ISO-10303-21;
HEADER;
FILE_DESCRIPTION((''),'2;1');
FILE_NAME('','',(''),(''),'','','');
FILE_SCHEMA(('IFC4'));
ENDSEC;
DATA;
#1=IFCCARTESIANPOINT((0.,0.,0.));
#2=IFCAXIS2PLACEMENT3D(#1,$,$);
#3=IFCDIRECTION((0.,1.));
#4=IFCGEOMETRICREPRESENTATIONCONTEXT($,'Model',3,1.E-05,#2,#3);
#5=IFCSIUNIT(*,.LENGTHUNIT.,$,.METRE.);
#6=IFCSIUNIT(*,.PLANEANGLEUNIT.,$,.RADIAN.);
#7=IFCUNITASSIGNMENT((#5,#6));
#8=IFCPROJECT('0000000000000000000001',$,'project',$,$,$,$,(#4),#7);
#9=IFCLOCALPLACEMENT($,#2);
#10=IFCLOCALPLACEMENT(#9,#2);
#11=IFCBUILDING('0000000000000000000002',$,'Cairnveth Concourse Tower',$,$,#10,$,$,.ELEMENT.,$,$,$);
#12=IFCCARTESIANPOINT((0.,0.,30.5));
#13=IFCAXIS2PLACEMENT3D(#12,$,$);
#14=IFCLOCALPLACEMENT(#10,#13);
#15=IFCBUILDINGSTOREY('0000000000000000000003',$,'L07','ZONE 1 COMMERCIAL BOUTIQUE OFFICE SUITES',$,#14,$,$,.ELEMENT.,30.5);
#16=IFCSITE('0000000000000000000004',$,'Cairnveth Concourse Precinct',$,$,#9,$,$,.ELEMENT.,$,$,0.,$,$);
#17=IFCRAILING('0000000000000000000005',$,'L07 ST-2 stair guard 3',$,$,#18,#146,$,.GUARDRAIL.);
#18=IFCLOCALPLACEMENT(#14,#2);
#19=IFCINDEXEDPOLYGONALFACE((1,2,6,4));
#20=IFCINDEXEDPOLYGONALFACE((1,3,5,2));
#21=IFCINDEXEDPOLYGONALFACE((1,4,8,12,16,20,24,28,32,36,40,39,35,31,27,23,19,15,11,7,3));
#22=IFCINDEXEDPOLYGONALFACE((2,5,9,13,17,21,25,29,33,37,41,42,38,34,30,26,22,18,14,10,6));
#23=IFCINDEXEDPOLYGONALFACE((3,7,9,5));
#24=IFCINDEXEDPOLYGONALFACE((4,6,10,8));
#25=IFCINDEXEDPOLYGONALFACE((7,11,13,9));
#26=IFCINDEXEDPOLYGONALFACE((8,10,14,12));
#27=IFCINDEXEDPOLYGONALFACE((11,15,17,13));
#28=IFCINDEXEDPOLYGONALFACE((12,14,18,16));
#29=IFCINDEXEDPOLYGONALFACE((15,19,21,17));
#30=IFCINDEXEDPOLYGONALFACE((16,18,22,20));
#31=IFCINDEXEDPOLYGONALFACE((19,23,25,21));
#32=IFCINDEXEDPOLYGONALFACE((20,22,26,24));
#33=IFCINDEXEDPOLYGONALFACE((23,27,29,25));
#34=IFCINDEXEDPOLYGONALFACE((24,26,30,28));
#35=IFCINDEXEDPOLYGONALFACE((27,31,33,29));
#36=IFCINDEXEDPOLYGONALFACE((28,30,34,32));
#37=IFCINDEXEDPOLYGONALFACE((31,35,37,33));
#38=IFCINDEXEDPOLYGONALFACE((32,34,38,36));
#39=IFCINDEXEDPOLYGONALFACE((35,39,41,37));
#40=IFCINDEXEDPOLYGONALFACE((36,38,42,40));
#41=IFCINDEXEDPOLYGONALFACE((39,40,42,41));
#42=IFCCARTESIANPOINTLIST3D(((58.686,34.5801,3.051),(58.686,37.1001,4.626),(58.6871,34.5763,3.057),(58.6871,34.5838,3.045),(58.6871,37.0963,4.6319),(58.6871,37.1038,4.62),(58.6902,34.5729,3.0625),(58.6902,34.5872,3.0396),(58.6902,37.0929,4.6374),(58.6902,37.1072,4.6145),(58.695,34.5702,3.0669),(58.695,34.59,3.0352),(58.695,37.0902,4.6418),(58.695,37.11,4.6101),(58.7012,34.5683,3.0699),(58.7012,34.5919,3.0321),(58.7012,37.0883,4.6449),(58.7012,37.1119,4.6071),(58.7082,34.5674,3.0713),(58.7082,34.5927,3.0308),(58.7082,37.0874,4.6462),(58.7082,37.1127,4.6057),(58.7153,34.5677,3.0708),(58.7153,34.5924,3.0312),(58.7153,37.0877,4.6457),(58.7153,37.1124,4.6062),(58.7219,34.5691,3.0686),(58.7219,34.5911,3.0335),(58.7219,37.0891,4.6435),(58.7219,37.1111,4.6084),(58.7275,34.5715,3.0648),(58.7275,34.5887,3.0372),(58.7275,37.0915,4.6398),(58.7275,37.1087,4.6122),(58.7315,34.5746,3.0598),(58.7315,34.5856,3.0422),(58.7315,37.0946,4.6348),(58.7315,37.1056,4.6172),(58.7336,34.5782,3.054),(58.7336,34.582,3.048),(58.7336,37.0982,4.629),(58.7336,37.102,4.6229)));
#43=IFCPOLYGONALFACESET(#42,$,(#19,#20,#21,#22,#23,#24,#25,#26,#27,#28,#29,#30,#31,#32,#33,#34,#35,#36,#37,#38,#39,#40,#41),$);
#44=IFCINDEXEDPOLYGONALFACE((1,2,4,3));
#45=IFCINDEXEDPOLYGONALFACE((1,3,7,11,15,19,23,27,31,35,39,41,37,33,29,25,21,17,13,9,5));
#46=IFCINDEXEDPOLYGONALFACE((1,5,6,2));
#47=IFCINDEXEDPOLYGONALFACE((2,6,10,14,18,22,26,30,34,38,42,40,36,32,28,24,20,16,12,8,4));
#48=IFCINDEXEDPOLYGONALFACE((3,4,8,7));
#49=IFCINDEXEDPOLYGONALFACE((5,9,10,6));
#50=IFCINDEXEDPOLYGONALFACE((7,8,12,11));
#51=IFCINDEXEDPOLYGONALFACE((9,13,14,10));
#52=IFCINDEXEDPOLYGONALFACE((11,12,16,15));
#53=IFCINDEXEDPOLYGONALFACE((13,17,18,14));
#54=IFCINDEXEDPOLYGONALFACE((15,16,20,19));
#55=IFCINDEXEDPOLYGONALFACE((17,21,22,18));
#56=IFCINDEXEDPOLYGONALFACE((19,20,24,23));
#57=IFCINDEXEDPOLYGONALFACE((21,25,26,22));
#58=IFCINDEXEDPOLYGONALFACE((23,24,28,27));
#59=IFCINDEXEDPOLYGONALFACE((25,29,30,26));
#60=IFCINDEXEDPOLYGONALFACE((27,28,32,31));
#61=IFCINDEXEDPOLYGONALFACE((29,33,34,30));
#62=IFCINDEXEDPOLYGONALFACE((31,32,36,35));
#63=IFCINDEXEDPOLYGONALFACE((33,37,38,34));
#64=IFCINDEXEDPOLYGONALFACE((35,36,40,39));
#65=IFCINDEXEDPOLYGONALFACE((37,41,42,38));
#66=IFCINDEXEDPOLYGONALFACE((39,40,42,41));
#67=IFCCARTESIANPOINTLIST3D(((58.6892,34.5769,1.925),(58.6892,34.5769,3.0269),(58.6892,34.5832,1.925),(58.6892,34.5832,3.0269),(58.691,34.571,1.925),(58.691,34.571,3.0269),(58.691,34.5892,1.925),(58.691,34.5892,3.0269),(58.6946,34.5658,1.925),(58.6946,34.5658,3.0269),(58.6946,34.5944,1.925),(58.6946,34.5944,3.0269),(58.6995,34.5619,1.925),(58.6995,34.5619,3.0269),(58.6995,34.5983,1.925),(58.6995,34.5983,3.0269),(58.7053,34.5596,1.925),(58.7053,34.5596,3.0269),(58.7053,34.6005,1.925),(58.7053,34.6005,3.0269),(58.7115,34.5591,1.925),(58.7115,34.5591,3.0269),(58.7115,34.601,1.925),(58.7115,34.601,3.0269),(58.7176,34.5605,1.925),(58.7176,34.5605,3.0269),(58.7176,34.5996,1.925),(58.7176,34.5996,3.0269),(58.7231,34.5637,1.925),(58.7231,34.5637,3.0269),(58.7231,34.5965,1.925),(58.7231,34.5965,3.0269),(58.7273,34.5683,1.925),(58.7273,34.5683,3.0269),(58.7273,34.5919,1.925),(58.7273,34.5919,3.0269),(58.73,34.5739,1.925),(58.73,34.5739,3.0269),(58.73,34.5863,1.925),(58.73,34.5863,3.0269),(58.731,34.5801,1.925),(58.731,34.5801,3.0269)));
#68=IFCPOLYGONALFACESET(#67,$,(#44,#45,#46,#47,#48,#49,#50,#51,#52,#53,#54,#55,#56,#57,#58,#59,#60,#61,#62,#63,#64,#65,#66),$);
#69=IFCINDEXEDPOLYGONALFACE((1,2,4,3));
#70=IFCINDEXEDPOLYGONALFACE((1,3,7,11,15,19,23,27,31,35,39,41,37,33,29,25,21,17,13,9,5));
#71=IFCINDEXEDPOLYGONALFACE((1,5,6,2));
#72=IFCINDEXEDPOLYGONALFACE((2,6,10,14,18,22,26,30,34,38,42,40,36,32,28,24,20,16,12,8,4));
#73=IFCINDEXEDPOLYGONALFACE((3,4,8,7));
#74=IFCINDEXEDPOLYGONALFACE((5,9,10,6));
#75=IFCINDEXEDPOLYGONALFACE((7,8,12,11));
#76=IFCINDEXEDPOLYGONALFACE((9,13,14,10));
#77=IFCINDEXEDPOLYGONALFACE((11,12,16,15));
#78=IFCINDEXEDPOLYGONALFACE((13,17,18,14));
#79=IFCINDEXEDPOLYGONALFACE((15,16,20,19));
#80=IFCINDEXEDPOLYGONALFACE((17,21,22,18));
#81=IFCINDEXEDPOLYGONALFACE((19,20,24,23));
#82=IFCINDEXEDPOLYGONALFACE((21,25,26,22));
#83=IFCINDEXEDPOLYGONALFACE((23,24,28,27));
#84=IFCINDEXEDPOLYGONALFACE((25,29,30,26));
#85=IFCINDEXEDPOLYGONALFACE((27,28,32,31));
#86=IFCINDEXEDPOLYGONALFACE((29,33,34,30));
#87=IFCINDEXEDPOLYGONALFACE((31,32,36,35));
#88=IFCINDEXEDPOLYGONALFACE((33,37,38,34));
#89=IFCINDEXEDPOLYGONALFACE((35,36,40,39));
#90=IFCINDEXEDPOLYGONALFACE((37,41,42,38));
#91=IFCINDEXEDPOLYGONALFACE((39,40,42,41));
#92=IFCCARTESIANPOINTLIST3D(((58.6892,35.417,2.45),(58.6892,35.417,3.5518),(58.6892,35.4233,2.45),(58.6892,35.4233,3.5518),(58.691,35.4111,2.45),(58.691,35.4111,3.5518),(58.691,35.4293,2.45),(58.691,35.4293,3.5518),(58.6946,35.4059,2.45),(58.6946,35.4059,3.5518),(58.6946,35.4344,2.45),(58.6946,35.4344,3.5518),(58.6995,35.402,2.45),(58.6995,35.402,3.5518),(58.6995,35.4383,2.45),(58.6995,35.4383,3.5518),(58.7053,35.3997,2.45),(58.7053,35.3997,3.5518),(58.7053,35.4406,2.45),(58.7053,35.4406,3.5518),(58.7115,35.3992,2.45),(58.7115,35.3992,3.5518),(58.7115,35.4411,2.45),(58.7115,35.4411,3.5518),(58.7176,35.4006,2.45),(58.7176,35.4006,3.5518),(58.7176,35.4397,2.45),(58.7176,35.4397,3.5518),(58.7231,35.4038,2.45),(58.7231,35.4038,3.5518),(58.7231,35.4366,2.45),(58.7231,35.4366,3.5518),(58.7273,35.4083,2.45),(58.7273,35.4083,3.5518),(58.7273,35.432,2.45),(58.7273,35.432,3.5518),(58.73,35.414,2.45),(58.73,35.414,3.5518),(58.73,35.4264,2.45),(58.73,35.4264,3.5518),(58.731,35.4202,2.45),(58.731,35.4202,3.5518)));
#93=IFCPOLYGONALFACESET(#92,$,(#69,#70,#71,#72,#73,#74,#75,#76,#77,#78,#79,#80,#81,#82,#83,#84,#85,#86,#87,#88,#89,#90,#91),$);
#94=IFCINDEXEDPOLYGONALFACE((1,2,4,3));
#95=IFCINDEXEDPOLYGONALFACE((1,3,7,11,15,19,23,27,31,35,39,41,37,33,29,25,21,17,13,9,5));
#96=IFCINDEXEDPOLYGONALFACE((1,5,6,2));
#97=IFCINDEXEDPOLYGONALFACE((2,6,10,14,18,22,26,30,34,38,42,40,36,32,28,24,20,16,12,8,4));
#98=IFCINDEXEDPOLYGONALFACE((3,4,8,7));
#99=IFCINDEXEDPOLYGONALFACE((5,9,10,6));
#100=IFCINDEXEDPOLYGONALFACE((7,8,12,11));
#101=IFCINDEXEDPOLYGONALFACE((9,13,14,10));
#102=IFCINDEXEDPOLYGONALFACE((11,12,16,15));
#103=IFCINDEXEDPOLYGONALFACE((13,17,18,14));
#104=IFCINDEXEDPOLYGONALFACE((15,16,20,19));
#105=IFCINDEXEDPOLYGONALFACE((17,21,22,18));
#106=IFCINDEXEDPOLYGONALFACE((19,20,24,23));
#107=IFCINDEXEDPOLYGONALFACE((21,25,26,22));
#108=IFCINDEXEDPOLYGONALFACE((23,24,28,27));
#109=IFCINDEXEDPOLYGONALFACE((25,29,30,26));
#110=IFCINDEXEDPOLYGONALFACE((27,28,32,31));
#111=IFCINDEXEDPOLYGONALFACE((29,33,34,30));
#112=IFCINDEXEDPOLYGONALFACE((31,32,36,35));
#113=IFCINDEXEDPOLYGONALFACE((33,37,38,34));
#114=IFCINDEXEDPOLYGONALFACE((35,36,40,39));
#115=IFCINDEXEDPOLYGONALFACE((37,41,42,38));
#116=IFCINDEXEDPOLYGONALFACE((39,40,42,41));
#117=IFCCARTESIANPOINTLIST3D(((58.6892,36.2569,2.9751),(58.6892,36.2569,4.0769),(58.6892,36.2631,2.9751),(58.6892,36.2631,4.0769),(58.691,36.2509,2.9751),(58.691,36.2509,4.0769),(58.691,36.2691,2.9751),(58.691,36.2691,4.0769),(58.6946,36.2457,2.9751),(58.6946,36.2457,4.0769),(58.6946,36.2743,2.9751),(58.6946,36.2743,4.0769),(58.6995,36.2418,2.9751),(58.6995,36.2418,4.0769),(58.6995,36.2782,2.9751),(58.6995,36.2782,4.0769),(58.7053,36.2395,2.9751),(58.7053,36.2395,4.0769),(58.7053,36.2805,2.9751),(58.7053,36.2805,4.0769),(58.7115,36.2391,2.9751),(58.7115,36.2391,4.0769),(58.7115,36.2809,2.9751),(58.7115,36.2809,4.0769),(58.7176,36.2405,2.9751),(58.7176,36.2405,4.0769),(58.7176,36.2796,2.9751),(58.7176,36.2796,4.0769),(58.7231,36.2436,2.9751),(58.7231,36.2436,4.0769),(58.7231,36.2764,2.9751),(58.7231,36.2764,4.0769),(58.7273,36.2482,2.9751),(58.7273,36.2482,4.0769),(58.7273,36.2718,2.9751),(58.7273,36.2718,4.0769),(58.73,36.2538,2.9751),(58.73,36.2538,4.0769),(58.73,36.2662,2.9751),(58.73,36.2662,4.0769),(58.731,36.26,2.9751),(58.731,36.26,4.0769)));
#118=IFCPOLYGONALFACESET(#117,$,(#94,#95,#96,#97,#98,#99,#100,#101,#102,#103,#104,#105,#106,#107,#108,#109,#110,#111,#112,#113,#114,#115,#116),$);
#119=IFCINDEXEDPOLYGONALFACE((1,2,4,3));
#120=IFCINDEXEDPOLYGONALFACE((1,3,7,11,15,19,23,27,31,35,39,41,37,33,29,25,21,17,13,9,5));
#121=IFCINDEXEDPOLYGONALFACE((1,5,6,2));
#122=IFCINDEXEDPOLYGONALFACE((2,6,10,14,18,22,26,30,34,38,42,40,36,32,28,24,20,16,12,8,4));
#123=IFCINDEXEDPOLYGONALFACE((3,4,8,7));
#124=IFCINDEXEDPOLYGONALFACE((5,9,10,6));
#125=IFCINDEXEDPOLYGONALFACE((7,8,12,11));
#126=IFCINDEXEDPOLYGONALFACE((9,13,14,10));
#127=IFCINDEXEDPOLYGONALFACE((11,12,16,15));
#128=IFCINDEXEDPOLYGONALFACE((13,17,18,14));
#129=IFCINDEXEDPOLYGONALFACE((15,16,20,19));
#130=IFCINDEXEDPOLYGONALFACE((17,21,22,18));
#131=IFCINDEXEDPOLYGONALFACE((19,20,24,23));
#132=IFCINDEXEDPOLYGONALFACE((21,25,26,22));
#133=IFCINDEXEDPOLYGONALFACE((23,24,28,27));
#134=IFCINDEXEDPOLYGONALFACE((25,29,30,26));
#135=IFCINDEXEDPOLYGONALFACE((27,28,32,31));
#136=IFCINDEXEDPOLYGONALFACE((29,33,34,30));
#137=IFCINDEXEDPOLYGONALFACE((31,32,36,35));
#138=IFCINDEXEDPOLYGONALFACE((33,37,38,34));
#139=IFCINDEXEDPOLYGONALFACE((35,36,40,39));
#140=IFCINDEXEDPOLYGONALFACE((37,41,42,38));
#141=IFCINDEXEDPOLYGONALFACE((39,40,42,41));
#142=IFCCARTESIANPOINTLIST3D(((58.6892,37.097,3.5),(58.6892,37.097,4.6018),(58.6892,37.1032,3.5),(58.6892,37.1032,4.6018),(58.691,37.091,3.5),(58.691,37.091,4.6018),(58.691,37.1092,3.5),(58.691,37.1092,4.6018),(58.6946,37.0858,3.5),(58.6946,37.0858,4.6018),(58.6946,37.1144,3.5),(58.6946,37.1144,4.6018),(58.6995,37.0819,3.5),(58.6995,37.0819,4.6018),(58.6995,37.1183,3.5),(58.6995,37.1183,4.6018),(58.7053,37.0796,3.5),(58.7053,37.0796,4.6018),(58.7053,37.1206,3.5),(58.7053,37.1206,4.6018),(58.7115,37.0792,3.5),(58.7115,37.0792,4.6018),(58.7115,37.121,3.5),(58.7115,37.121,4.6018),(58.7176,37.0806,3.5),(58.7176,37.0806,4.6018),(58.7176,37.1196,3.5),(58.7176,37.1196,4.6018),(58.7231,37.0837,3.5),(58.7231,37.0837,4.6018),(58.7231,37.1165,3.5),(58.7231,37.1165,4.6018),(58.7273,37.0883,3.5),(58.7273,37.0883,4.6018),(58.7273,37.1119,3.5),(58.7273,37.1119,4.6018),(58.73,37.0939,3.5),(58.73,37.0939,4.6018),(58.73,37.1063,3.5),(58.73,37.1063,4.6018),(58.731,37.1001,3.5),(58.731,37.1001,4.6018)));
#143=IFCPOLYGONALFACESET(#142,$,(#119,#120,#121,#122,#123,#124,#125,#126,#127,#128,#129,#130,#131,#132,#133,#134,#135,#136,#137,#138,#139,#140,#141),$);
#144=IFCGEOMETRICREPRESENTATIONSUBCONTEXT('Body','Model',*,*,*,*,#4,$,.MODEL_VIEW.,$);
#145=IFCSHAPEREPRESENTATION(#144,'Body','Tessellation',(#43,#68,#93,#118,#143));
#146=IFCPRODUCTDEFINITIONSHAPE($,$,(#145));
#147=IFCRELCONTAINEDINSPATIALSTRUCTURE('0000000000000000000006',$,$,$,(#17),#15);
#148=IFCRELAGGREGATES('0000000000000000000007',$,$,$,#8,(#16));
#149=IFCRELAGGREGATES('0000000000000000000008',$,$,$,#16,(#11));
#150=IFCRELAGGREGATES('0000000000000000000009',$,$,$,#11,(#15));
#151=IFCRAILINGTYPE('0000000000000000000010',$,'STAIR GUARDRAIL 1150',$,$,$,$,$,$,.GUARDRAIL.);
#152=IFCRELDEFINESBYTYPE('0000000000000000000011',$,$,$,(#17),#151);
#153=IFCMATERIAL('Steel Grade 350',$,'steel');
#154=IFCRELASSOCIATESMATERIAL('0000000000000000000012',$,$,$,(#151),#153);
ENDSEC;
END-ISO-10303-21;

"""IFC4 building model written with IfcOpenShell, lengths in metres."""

from ifc_helpers import new_model, si_unit, direction, frame, origin, origin_2d, place, context, subcontext, project, spatial, circle, extrude, material, type_object, element, save


model = new_model("IFC4")

# Units and contexts
model_context = context("Model", 3, precision=1e-05, world=origin(), true_north=direction((0.0, 1.0)))
body_context = subcontext(model_context, "Body", "Model", "MODEL_VIEW")
ifc_project = project(units=[si_unit("LENGTHUNIT", "METRE"), si_unit("PLANEANGLEUNIT", "RADIAN")], contexts=[model_context])

# Site, building, storey
site_placement = place(None, origin())
site = spatial("IfcSite", under=ifc_project, at=site_placement, Name="Cairnveth Concourse Precinct", CompositionType="ELEMENT", RefElevation=0.0)
building_placement = place(site_placement, origin())
building = spatial("IfcBuilding", under=site, at=building_placement, Name="Cairnveth Concourse Tower", CompositionType="ELEMENT")
storey_placement = place(building_placement, frame((0.0, 0.0, 30.5)))
storey = spatial("IfcBuildingStorey", under=building, at=storey_placement, Name="L07", Description="ZONE 1 COMMERCIAL BOUTIQUE OFFICE SUITES", CompositionType="ELEMENT", Elevation=30.5)

# Shared definitions
ifc_material_1 = material(Name="Steel Grade 350", Category="steel")

# Railing
railing_type_1 = type_object("IfcRailingType", Name="STAIR GUARDRAIL 1150", PredefinedType="GUARDRAIL", material=ifc_material_1)
railing_1_placement = place(storey_placement, frame((58.71, 34.5801, 1.925)))
element("IfcRailing", 1, at=railing_1_placement, inside=storey, type_object=railing_type_1, Name="L07 ST-2 stair guard 3", PredefinedType="GUARDRAIL", context=body_context, shape_type="SweptSolid", body=[
    extrude(circle(Radius=0.0239, at=origin_2d()), frame((0.0, 0.0, 1.126), z_axis=(0.0, 0.848008, 0.529984), x_axis=(-1.0, 0.0, 0.0)), (0.0, 0.0, 1.0), 2.9717),
    extrude(circle(Radius=0.021, at=origin_2d()), origin(), (0.0, 0.0, 1.0), 1.1018),
    extrude(circle(Radius=0.021, at=origin_2d()), frame((0.0, 0.8401, 0.5249)), (0.0, 0.0, 1.0), 1.1018),
    extrude(circle(Radius=0.021, at=origin_2d()), frame((0.0, 1.6799, 1.05)), (0.0, 0.0, 1.0), 1.1018),
    extrude(circle(Radius=0.021, at=origin_2d()), frame((0.0, 2.52, 1.575)), (0.0, 0.0, 1.0), 1.1018),
])

save(model, "model.ifc")
